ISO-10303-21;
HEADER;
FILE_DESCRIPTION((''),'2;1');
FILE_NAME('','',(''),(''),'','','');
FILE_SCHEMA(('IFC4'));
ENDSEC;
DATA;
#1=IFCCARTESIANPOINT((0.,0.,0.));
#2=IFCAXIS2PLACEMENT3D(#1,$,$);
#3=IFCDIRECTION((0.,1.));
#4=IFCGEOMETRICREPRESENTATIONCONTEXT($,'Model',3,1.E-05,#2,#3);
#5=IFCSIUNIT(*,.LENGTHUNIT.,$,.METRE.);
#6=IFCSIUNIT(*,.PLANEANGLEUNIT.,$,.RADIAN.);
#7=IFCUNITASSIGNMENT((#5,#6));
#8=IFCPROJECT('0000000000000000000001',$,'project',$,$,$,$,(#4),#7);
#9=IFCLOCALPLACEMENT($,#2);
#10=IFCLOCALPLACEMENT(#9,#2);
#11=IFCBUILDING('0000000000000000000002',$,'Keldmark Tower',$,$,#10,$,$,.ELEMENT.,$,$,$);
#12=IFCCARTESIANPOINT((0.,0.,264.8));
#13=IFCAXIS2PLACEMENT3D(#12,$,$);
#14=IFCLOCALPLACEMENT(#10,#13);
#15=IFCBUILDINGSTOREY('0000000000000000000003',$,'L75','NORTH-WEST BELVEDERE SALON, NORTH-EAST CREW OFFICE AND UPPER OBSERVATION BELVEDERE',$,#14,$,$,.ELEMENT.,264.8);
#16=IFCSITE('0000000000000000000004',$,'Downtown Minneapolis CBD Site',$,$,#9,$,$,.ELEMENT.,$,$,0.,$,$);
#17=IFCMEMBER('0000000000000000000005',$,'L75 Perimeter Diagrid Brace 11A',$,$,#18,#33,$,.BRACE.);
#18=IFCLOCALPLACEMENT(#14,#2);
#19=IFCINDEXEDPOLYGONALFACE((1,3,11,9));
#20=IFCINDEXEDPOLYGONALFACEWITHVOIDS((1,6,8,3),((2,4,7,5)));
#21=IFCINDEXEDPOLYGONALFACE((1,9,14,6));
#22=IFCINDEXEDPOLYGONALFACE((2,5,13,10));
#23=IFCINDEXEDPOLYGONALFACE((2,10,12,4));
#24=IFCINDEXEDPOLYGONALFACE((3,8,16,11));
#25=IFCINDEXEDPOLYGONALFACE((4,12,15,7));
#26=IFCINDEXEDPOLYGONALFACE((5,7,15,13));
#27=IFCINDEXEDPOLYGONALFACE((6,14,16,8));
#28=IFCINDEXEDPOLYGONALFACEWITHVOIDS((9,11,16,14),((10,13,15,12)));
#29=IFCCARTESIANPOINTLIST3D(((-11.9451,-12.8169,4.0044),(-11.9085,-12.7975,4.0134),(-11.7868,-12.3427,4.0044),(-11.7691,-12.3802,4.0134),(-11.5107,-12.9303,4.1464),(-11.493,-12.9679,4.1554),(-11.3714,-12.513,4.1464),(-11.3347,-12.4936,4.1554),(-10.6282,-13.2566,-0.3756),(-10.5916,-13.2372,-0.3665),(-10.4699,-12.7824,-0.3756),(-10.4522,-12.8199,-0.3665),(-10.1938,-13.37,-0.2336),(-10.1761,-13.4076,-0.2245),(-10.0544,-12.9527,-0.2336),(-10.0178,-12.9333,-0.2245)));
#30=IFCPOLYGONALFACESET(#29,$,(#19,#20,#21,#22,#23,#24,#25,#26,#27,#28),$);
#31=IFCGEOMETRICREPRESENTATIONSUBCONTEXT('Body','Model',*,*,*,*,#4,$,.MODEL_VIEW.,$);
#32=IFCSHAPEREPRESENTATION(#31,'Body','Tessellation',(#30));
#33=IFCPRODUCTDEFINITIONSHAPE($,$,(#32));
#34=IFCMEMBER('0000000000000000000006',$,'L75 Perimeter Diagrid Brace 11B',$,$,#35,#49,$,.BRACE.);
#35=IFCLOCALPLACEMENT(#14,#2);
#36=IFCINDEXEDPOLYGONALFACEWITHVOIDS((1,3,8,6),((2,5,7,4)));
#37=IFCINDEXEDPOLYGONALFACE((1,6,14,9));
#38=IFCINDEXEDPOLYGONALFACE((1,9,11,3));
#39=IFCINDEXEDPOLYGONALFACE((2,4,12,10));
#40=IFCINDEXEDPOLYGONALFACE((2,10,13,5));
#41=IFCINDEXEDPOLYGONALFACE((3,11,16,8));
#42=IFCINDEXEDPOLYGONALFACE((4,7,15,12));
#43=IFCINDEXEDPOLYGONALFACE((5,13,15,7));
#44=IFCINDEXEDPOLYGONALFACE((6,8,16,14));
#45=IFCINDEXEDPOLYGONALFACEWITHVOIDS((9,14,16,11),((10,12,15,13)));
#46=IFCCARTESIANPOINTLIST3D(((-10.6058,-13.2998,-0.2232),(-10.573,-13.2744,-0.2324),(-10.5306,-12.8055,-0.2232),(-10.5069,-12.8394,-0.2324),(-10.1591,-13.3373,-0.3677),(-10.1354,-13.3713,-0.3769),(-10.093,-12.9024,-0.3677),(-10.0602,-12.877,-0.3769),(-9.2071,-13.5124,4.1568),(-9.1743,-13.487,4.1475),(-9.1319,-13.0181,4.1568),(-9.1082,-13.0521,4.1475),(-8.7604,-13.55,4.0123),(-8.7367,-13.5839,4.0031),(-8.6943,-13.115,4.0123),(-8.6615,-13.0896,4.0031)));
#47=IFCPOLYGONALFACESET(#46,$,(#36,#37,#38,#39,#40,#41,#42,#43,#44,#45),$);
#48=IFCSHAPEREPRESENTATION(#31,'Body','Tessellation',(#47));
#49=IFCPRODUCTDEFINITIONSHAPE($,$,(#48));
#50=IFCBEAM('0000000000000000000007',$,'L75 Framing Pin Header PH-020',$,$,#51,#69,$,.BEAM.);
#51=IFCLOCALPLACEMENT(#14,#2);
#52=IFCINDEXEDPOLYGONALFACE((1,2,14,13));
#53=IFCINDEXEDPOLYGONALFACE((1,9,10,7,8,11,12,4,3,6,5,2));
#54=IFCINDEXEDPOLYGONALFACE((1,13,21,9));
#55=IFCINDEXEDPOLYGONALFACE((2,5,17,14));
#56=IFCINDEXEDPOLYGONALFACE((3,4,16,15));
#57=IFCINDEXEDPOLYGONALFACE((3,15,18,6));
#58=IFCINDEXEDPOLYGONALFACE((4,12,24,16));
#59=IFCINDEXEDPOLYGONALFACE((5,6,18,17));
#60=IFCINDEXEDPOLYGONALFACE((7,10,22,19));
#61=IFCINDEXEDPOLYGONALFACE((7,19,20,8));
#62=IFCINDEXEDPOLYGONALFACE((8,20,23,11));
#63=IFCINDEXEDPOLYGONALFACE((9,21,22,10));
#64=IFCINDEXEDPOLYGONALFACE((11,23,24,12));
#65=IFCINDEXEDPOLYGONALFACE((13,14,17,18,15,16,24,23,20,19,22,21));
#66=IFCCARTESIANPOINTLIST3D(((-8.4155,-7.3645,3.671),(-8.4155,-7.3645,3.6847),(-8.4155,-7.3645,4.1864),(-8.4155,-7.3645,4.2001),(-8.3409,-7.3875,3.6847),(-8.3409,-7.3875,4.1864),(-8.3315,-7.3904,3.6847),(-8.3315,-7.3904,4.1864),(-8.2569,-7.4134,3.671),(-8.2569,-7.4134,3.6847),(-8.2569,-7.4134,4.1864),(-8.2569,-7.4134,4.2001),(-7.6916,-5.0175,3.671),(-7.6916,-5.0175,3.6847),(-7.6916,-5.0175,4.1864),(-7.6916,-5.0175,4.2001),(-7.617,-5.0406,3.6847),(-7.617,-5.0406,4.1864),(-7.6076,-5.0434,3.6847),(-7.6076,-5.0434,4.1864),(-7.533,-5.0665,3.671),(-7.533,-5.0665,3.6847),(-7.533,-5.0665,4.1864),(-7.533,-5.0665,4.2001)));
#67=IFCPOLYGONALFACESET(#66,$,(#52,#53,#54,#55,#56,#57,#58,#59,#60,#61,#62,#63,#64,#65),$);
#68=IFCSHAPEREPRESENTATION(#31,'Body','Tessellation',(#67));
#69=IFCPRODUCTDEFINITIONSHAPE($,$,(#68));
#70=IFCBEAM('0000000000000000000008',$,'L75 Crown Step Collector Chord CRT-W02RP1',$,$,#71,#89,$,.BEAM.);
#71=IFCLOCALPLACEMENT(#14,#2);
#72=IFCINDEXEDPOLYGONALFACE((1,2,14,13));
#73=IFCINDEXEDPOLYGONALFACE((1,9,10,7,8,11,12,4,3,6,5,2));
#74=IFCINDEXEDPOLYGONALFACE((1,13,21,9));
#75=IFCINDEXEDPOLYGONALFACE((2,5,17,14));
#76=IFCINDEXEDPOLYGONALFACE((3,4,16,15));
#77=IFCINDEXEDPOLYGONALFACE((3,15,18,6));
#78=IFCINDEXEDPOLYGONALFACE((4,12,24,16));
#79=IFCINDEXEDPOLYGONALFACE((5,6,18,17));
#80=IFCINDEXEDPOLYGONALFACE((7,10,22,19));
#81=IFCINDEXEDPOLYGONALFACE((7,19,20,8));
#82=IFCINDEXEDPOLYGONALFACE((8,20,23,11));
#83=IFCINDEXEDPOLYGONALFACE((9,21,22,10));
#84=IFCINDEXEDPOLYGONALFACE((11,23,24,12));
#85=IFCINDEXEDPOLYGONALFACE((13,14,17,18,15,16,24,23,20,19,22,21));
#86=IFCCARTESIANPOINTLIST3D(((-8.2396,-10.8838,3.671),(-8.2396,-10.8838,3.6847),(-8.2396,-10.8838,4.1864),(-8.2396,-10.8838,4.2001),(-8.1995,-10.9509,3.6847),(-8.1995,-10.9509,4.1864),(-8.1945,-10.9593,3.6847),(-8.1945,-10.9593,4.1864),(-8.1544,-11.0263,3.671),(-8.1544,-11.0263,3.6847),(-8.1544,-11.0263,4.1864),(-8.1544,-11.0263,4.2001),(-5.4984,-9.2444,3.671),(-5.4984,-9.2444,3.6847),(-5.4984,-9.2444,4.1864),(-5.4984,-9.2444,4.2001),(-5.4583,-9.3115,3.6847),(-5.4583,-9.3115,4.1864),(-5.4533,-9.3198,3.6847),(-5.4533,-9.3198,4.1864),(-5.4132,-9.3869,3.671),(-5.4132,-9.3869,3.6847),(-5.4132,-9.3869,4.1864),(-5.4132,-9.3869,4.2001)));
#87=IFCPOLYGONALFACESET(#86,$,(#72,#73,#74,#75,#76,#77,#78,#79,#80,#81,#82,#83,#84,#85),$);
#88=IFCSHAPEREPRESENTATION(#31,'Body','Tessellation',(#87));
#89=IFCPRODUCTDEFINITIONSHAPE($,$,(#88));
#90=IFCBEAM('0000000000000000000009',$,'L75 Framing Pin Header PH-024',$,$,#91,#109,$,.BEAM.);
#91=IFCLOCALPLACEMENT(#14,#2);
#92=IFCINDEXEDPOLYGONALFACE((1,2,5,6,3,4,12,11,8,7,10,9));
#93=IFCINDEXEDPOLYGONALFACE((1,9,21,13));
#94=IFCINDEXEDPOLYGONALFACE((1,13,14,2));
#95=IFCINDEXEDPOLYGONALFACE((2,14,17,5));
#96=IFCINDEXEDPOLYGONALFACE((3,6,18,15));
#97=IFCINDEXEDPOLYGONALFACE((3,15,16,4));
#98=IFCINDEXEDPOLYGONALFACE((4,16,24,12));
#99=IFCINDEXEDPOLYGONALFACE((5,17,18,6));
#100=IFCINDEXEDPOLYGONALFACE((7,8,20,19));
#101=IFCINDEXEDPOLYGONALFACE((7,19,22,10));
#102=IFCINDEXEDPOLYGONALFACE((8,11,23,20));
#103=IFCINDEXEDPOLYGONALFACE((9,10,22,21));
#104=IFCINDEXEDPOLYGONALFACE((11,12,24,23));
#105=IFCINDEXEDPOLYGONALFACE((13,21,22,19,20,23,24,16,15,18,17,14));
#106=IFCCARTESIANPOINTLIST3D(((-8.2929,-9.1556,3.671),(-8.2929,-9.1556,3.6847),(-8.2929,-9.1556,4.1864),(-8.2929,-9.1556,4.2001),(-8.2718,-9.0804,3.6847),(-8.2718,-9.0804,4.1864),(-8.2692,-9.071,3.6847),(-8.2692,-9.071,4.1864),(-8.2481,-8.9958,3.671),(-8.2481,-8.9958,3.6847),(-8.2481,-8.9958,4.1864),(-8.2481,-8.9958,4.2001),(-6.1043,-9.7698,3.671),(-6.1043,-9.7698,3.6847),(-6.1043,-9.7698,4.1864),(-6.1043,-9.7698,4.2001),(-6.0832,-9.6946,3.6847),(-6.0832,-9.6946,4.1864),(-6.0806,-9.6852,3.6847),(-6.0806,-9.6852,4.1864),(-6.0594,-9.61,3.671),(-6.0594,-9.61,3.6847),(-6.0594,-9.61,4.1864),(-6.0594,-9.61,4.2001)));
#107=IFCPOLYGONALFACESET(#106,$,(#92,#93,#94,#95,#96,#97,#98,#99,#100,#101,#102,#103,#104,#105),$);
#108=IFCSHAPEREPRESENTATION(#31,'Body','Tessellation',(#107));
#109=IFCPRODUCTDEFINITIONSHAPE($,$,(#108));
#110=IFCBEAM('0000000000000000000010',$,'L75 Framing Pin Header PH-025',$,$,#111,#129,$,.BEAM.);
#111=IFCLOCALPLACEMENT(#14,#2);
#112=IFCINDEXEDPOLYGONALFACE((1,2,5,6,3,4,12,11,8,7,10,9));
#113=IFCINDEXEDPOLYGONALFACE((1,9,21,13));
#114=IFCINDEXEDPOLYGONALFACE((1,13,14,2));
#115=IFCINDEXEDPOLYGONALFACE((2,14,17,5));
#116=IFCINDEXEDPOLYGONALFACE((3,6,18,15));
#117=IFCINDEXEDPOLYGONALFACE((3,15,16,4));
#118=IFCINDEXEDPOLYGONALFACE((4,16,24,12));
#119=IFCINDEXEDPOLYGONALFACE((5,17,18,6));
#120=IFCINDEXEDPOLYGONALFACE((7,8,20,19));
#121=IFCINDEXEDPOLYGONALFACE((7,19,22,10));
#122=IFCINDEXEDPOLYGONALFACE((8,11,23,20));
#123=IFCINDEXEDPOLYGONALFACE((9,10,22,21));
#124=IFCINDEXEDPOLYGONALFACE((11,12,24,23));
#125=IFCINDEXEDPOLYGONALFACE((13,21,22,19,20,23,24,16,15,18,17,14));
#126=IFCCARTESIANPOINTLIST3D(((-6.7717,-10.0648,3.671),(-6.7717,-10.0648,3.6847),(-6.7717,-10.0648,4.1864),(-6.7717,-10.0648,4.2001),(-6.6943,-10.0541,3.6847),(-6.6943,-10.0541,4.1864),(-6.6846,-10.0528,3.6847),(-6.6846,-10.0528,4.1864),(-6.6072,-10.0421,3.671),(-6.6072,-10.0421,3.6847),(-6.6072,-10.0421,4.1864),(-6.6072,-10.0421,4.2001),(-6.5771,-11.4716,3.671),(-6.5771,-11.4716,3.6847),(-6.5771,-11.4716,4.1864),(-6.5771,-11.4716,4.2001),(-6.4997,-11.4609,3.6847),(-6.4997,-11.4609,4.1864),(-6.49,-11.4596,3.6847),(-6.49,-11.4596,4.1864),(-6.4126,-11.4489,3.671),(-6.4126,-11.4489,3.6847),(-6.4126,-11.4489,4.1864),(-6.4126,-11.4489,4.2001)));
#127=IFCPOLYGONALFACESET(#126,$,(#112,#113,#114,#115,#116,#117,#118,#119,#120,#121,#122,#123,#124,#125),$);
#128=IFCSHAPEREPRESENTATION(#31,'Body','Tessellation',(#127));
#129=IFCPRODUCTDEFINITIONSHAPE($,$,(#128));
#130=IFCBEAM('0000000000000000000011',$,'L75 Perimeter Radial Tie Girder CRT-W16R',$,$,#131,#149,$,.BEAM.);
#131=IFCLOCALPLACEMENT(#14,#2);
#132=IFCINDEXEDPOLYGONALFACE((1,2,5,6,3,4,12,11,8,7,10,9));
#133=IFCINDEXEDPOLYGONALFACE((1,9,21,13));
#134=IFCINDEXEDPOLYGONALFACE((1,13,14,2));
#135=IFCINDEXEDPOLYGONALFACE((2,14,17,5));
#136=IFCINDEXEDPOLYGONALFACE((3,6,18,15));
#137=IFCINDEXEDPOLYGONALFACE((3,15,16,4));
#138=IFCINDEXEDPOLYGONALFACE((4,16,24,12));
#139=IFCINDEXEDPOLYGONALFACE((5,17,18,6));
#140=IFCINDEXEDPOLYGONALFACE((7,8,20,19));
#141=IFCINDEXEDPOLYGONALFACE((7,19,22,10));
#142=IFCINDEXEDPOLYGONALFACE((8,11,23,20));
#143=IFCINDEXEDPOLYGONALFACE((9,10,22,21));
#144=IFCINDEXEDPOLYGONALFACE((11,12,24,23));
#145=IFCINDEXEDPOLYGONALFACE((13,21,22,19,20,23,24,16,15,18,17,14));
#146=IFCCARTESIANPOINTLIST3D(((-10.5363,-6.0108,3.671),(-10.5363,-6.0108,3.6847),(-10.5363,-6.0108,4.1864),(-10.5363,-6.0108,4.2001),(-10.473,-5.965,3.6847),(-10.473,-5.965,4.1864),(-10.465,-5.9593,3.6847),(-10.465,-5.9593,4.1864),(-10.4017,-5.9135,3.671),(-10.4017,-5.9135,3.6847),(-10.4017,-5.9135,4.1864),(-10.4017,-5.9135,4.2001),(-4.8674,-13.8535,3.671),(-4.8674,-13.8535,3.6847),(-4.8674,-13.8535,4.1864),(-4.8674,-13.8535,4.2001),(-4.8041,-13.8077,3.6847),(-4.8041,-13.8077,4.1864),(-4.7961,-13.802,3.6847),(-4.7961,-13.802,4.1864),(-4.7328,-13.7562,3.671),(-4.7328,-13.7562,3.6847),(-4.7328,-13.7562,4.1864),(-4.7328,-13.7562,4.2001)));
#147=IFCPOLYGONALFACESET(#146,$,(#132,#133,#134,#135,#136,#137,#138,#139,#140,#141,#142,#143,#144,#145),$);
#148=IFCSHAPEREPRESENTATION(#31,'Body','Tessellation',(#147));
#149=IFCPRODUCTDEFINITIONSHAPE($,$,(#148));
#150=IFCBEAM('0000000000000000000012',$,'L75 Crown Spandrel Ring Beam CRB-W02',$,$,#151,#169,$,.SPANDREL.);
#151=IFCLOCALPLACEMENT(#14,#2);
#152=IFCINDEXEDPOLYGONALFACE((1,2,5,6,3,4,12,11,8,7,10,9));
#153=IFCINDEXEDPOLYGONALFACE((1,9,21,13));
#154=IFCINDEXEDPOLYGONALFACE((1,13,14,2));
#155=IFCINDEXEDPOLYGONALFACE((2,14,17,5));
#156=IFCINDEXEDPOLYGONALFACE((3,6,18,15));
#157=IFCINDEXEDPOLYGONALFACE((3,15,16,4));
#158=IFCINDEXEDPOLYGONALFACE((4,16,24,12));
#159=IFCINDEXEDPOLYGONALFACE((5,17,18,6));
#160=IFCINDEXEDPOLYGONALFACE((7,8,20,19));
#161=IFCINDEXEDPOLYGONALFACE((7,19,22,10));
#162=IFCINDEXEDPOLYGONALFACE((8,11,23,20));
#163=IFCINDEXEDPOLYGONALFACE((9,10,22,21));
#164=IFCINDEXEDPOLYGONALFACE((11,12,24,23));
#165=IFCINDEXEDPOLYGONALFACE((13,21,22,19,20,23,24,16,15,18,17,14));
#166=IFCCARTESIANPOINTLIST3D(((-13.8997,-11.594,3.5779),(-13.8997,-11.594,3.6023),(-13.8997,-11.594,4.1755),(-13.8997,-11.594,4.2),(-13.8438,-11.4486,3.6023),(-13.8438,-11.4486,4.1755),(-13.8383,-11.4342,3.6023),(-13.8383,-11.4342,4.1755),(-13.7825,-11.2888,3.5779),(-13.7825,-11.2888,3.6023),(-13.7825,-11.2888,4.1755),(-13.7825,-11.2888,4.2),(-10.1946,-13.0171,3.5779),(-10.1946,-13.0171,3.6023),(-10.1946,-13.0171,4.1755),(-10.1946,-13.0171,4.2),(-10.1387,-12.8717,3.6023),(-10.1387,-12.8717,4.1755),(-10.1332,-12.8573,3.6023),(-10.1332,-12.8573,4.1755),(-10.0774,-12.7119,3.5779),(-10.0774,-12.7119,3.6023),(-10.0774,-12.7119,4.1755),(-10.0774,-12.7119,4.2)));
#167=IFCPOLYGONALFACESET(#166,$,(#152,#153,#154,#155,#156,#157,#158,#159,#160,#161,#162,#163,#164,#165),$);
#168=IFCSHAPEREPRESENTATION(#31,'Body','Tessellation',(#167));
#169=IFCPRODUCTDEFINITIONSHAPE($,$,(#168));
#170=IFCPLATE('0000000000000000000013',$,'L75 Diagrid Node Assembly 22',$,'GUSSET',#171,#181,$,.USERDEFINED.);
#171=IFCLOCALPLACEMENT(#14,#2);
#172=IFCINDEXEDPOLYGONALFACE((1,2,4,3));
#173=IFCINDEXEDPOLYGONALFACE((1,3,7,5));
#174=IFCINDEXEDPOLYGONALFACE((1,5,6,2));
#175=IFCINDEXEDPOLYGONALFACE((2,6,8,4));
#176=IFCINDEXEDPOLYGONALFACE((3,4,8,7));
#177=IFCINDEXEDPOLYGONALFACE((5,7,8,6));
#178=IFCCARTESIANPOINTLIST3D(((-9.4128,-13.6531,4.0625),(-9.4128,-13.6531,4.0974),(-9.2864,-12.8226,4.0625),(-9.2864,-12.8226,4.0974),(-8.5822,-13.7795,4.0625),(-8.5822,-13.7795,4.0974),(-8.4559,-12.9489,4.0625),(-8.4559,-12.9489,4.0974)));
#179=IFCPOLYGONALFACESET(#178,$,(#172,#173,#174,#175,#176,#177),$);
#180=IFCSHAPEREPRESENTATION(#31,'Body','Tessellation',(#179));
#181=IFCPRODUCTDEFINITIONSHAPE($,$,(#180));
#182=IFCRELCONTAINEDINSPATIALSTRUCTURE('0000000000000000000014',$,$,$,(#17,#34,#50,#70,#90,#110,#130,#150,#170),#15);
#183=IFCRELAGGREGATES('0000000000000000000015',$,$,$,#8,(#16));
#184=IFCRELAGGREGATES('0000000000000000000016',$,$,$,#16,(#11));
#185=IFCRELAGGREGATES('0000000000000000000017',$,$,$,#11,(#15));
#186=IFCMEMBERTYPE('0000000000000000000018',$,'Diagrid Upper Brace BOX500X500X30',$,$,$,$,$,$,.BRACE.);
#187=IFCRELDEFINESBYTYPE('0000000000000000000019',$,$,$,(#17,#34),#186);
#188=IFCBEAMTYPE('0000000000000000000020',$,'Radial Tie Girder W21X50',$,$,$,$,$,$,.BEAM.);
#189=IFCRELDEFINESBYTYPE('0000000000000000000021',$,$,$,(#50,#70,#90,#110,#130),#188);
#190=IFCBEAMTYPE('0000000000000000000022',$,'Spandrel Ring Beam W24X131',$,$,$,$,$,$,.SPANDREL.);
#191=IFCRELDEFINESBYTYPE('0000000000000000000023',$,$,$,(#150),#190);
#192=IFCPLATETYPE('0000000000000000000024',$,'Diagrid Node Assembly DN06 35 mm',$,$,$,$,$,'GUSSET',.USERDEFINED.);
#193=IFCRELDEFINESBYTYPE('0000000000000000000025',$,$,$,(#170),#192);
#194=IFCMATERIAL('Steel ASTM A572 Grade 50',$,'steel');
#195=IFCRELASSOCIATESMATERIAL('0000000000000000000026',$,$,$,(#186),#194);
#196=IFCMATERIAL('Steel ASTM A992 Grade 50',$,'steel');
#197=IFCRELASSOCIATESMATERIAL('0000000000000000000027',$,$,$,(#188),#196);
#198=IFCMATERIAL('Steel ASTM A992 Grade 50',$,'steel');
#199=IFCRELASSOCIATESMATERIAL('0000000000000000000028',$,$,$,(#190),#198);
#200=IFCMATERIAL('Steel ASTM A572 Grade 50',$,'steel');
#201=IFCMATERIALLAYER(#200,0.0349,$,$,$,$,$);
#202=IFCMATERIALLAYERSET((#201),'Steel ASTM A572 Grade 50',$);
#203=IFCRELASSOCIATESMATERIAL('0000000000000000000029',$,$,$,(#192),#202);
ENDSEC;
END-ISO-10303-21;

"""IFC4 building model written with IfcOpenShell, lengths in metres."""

from ifc_helpers import new_model, si_unit, direction, frame, origin, origin_2d, place, context, subcontext, project, spatial, rectangle, hollow_rectangle, i_section, extrude, material, layer, layer_set, material_profile, profile_set, type_object, element, save


model = new_model("IFC4")

# Units and contexts
model_context = context("Model", 3, precision=1e-05, world=origin(), true_north=direction((0.0, 1.0)))
body_context = subcontext(model_context, "Body", "Model", "MODEL_VIEW")
ifc_project = project(units=[si_unit("LENGTHUNIT", "METRE"), si_unit("PLANEANGLEUNIT", "RADIAN")], contexts=[model_context])

# Site, building, storey
site_placement = place(None, origin())
site = spatial("IfcSite", under=ifc_project, at=site_placement, Name="Downtown Minneapolis CBD Site", CompositionType="ELEMENT", RefElevation=0.0)
building_placement = place(site_placement, origin())
building = spatial("IfcBuilding", under=site, at=building_placement, Name="Keldmark Tower", CompositionType="ELEMENT")
storey_placement = place(building_placement, frame((0.0, 0.0, 264.8)))
storey = spatial("IfcBuildingStorey", under=building, at=storey_placement, Name="L75", Description="NORTH-WEST BELVEDERE SALON, NORTH-EAST CREW OFFICE AND UPPER OBSERVATION BELVEDERE", CompositionType="ELEMENT", Elevation=264.8)

# Members
ifc_material_1 = material(Name="Steel ASTM A572 Grade 50", Category="steel")
ifc_material_profile_1 = material_profile(ifc_material_1, hollow_rectangle(XDim=0.5, YDim=0.5, WallThickness=0.03, at=origin_2d()), Name="BOX500X500X30")
ifc_profile_set_1 = profile_set([ifc_material_profile_1], Name="Steel ASTM A572 Grade 50")
member_type_1 = type_object("IfcMemberType", Name="Diagrid Upper Brace BOX500X500X30", PredefinedType="BRACE", material=ifc_profile_set_1)
member_1_placement = place(storey_placement, frame((-10.323, -13.095, -0.3), z_axis=(-0.286614, 0.095697, 0.953255), x_axis=(-0.316703, -0.948525, 0.0)))
element("IfcMember", 1, at=member_1_placement, inside=storey, type_object=member_type_1, Name="L75 Perimeter Diagrid Brace 11A", PredefinedType="BRACE", context=body_context, shape_type="SweptSolid", body=[
    extrude(hollow_rectangle(XDim=0.5, YDim=0.5, WallThickness=0.03, at=origin_2d()), origin(), (0.0, 0.0, 1.0), 4.5947),
])
member_2_placement = place(storey_placement, frame((-10.333, -13.0884, -0.3), z_axis=(0.303882, -0.0462, 0.951589), x_axis=(0.150306, 0.988639, 0.0)))
element("IfcMember", 2, at=member_2_placement, inside=storey, type_object=member_type_1, Name="L75 Perimeter Diagrid Brace 11B", PredefinedType="BRACE", context=body_context, shape_type="SweptSolid", body=[
    extrude(hollow_rectangle(XDim=0.5, YDim=0.5, WallThickness=0.03, at=origin_2d()), origin(), (0.0, 0.0, 1.0), 4.6028),
])

# Beams
ifc_material_2 = material(Name="Steel ASTM A992 Grade 50", Category="steel")
ifc_material_profile_2 = material_profile(ifc_material_2, i_section(OverallWidth=0.166, OverallDepth=0.5291, WebThickness=0.0098, FlangeThickness=0.0137, at=origin_2d()), Name="W21X50")
ifc_profile_set_2 = profile_set([ifc_material_profile_2], Name="Steel ASTM A992 Grade 50")
beam_type_1 = type_object("IfcBeamType", Name="Radial Tie Girder W21X50", PredefinedType="BEAM", material=ifc_profile_set_2)
beam_1_placement = place(storey_placement, frame((-7.6123, -5.042, 3.9355), z_axis=(-0.294735, -0.955579, 0.0), x_axis=(0.955579, -0.294735, 0.0)))
element("IfcBeam", 3, at=beam_1_placement, inside=storey, type_object=beam_type_1, Name="L75 Framing Pin Header PH-020", PredefinedType="BEAM", context=body_context, shape_type="SweptSolid", body=[
    extrude(i_section(OverallWidth=0.166, OverallDepth=0.5291, WebThickness=0.0098, FlangeThickness=0.0137, at=origin_2d()), origin(), (0.0, 0.0, 1.0), 2.4561),
])
beam_2_placement = place(storey_placement, frame((-8.197, -10.9551, 3.9355), z_axis=(0.858227, 0.51327, 0.0), x_axis=(-0.51327, 0.858227, 0.0)))
element("IfcBeam", 4, at=beam_2_placement, inside=storey, type_object=beam_type_1, Name="L75 Crown Step Collector Chord CRT-W02RP1", PredefinedType="BEAM", context=body_context, shape_type="SweptSolid", body=[
    extrude(i_section(OverallWidth=0.166, OverallDepth=0.5291, WebThickness=0.0098, FlangeThickness=0.0137, at=origin_2d()), origin(), (0.0, 0.0, 1.0), 3.1941),
])
beam_3_placement = place(storey_placement, frame((-8.2705, -9.0757, 3.9355), z_axis=(0.962802, -0.270207, 0.0), x_axis=(0.270207, 0.962802, 0.0)))
element("IfcBeam", 5, at=beam_3_placement, inside=storey, type_object=beam_type_1, Name="L75 Framing Pin Header PH-024", PredefinedType="BEAM", context=body_context, shape_type="SweptSolid", body=[
    extrude(i_section(OverallWidth=0.166, OverallDepth=0.5291, WebThickness=0.0098, FlangeThickness=0.0137, at=origin_2d()), origin(), (0.0, 0.0, 1.0), 2.2732),
])
beam_4_placement = place(storey_placement, frame((-6.6895, -10.0535, 3.9355), z_axis=(0.137016, -0.990569, 0.0), x_axis=(0.990569, 0.137016, 0.0)))
element("IfcBeam", 6, at=beam_4_placement, inside=storey, type_object=beam_type_1, Name="L75 Framing Pin Header PH-025", PredefinedType="BEAM", context=body_context, shape_type="SweptSolid", body=[
    extrude(i_section(OverallWidth=0.166, OverallDepth=0.5291, WebThickness=0.0098, FlangeThickness=0.0137, at=origin_2d()), origin(), (0.0, 0.0, 1.0), 1.4202),
])
beam_5_placement = place(storey_placement, frame((-10.469, -5.9622, 3.9355), z_axis=(0.585811, -0.810448, 0.0), x_axis=(0.810448, 0.585811, 0.0)))
element("IfcBeam", 7, at=beam_5_placement, inside=storey, type_object=beam_type_1, Name="L75 Perimeter Radial Tie Girder CRT-W16R", PredefinedType="BEAM", context=body_context, shape_type="SweptSolid", body=[
    extrude(i_section(OverallWidth=0.166, OverallDepth=0.5291, WebThickness=0.0098, FlangeThickness=0.0137, at=origin_2d()), origin(), (0.0, 0.0, 1.0), 9.677),
])
ifc_material_3 = material(Name="Steel ASTM A992 Grade 50", Category="steel")
ifc_material_profile_3 = material_profile(ifc_material_3, i_section(OverallWidth=0.3269, OverallDepth=0.6221, WebThickness=0.0154, FlangeThickness=0.0244, at=origin_2d()), Name="W24X131")
ifc_profile_set_3 = profile_set([ifc_material_profile_3], Name="Steel ASTM A992 Grade 50")
beam_type_2 = type_object("IfcBeamType", Name="Spandrel Ring Beam W24X131", PredefinedType="SPANDREL", material=ifc_profile_set_3)
beam_6_placement = place(storey_placement, frame((-10.136, -12.8645, 3.8889), z_axis=(-0.933509, 0.358554, 0.0), x_axis=(-0.358554, -0.933509, 0.0)))
element("IfcBeam", 8, at=beam_6_placement, inside=storey, type_object=beam_type_2, Name="L75 Crown Spandrel Ring Beam CRB-W02", PredefinedType="SPANDREL", context=body_context, shape_type="SweptSolid", body=[
    extrude(i_section(OverallWidth=0.3269, OverallDepth=0.6221, WebThickness=0.0154, FlangeThickness=0.0244, at=origin_2d()), origin(), (0.0, 0.0, 1.0), 3.969),
])

# Plate
ifc_material_4 = material(Name="Steel ASTM A572 Grade 50", Category="steel")
ifc_layer_1 = layer(ifc_material_4, 0.0349)
ifc_layer_set_1 = layer_set([ifc_layer_1], Name="Steel ASTM A572 Grade 50")
plate_type_1 = type_object("IfcPlateType", Name="Diagrid Node Assembly DN06 35 mm", ElementType="GUSSET", PredefinedType="USERDEFINED", material=ifc_layer_set_1)
plate_1_placement = place(storey_placement, frame((-8.9343, -13.301, 4.0625), z_axis=(0.0, 0.0, 1.0), x_axis=(0.988626, -0.150398, 0.0)))
element("IfcPlate", 9, at=plate_1_placement, inside=storey, type_object=plate_type_1, Name="L75 Diagrid Node Assembly 22", ObjectType="GUSSET", PredefinedType="USERDEFINED", context=body_context, shape_type="SweptSolid", body=[
    extrude(rectangle(XDim=0.8401, YDim=0.8401, at=origin_2d()), origin(), (0.0, 0.0, 1.0), 0.0349),
])

save(model, "model.ifc")
